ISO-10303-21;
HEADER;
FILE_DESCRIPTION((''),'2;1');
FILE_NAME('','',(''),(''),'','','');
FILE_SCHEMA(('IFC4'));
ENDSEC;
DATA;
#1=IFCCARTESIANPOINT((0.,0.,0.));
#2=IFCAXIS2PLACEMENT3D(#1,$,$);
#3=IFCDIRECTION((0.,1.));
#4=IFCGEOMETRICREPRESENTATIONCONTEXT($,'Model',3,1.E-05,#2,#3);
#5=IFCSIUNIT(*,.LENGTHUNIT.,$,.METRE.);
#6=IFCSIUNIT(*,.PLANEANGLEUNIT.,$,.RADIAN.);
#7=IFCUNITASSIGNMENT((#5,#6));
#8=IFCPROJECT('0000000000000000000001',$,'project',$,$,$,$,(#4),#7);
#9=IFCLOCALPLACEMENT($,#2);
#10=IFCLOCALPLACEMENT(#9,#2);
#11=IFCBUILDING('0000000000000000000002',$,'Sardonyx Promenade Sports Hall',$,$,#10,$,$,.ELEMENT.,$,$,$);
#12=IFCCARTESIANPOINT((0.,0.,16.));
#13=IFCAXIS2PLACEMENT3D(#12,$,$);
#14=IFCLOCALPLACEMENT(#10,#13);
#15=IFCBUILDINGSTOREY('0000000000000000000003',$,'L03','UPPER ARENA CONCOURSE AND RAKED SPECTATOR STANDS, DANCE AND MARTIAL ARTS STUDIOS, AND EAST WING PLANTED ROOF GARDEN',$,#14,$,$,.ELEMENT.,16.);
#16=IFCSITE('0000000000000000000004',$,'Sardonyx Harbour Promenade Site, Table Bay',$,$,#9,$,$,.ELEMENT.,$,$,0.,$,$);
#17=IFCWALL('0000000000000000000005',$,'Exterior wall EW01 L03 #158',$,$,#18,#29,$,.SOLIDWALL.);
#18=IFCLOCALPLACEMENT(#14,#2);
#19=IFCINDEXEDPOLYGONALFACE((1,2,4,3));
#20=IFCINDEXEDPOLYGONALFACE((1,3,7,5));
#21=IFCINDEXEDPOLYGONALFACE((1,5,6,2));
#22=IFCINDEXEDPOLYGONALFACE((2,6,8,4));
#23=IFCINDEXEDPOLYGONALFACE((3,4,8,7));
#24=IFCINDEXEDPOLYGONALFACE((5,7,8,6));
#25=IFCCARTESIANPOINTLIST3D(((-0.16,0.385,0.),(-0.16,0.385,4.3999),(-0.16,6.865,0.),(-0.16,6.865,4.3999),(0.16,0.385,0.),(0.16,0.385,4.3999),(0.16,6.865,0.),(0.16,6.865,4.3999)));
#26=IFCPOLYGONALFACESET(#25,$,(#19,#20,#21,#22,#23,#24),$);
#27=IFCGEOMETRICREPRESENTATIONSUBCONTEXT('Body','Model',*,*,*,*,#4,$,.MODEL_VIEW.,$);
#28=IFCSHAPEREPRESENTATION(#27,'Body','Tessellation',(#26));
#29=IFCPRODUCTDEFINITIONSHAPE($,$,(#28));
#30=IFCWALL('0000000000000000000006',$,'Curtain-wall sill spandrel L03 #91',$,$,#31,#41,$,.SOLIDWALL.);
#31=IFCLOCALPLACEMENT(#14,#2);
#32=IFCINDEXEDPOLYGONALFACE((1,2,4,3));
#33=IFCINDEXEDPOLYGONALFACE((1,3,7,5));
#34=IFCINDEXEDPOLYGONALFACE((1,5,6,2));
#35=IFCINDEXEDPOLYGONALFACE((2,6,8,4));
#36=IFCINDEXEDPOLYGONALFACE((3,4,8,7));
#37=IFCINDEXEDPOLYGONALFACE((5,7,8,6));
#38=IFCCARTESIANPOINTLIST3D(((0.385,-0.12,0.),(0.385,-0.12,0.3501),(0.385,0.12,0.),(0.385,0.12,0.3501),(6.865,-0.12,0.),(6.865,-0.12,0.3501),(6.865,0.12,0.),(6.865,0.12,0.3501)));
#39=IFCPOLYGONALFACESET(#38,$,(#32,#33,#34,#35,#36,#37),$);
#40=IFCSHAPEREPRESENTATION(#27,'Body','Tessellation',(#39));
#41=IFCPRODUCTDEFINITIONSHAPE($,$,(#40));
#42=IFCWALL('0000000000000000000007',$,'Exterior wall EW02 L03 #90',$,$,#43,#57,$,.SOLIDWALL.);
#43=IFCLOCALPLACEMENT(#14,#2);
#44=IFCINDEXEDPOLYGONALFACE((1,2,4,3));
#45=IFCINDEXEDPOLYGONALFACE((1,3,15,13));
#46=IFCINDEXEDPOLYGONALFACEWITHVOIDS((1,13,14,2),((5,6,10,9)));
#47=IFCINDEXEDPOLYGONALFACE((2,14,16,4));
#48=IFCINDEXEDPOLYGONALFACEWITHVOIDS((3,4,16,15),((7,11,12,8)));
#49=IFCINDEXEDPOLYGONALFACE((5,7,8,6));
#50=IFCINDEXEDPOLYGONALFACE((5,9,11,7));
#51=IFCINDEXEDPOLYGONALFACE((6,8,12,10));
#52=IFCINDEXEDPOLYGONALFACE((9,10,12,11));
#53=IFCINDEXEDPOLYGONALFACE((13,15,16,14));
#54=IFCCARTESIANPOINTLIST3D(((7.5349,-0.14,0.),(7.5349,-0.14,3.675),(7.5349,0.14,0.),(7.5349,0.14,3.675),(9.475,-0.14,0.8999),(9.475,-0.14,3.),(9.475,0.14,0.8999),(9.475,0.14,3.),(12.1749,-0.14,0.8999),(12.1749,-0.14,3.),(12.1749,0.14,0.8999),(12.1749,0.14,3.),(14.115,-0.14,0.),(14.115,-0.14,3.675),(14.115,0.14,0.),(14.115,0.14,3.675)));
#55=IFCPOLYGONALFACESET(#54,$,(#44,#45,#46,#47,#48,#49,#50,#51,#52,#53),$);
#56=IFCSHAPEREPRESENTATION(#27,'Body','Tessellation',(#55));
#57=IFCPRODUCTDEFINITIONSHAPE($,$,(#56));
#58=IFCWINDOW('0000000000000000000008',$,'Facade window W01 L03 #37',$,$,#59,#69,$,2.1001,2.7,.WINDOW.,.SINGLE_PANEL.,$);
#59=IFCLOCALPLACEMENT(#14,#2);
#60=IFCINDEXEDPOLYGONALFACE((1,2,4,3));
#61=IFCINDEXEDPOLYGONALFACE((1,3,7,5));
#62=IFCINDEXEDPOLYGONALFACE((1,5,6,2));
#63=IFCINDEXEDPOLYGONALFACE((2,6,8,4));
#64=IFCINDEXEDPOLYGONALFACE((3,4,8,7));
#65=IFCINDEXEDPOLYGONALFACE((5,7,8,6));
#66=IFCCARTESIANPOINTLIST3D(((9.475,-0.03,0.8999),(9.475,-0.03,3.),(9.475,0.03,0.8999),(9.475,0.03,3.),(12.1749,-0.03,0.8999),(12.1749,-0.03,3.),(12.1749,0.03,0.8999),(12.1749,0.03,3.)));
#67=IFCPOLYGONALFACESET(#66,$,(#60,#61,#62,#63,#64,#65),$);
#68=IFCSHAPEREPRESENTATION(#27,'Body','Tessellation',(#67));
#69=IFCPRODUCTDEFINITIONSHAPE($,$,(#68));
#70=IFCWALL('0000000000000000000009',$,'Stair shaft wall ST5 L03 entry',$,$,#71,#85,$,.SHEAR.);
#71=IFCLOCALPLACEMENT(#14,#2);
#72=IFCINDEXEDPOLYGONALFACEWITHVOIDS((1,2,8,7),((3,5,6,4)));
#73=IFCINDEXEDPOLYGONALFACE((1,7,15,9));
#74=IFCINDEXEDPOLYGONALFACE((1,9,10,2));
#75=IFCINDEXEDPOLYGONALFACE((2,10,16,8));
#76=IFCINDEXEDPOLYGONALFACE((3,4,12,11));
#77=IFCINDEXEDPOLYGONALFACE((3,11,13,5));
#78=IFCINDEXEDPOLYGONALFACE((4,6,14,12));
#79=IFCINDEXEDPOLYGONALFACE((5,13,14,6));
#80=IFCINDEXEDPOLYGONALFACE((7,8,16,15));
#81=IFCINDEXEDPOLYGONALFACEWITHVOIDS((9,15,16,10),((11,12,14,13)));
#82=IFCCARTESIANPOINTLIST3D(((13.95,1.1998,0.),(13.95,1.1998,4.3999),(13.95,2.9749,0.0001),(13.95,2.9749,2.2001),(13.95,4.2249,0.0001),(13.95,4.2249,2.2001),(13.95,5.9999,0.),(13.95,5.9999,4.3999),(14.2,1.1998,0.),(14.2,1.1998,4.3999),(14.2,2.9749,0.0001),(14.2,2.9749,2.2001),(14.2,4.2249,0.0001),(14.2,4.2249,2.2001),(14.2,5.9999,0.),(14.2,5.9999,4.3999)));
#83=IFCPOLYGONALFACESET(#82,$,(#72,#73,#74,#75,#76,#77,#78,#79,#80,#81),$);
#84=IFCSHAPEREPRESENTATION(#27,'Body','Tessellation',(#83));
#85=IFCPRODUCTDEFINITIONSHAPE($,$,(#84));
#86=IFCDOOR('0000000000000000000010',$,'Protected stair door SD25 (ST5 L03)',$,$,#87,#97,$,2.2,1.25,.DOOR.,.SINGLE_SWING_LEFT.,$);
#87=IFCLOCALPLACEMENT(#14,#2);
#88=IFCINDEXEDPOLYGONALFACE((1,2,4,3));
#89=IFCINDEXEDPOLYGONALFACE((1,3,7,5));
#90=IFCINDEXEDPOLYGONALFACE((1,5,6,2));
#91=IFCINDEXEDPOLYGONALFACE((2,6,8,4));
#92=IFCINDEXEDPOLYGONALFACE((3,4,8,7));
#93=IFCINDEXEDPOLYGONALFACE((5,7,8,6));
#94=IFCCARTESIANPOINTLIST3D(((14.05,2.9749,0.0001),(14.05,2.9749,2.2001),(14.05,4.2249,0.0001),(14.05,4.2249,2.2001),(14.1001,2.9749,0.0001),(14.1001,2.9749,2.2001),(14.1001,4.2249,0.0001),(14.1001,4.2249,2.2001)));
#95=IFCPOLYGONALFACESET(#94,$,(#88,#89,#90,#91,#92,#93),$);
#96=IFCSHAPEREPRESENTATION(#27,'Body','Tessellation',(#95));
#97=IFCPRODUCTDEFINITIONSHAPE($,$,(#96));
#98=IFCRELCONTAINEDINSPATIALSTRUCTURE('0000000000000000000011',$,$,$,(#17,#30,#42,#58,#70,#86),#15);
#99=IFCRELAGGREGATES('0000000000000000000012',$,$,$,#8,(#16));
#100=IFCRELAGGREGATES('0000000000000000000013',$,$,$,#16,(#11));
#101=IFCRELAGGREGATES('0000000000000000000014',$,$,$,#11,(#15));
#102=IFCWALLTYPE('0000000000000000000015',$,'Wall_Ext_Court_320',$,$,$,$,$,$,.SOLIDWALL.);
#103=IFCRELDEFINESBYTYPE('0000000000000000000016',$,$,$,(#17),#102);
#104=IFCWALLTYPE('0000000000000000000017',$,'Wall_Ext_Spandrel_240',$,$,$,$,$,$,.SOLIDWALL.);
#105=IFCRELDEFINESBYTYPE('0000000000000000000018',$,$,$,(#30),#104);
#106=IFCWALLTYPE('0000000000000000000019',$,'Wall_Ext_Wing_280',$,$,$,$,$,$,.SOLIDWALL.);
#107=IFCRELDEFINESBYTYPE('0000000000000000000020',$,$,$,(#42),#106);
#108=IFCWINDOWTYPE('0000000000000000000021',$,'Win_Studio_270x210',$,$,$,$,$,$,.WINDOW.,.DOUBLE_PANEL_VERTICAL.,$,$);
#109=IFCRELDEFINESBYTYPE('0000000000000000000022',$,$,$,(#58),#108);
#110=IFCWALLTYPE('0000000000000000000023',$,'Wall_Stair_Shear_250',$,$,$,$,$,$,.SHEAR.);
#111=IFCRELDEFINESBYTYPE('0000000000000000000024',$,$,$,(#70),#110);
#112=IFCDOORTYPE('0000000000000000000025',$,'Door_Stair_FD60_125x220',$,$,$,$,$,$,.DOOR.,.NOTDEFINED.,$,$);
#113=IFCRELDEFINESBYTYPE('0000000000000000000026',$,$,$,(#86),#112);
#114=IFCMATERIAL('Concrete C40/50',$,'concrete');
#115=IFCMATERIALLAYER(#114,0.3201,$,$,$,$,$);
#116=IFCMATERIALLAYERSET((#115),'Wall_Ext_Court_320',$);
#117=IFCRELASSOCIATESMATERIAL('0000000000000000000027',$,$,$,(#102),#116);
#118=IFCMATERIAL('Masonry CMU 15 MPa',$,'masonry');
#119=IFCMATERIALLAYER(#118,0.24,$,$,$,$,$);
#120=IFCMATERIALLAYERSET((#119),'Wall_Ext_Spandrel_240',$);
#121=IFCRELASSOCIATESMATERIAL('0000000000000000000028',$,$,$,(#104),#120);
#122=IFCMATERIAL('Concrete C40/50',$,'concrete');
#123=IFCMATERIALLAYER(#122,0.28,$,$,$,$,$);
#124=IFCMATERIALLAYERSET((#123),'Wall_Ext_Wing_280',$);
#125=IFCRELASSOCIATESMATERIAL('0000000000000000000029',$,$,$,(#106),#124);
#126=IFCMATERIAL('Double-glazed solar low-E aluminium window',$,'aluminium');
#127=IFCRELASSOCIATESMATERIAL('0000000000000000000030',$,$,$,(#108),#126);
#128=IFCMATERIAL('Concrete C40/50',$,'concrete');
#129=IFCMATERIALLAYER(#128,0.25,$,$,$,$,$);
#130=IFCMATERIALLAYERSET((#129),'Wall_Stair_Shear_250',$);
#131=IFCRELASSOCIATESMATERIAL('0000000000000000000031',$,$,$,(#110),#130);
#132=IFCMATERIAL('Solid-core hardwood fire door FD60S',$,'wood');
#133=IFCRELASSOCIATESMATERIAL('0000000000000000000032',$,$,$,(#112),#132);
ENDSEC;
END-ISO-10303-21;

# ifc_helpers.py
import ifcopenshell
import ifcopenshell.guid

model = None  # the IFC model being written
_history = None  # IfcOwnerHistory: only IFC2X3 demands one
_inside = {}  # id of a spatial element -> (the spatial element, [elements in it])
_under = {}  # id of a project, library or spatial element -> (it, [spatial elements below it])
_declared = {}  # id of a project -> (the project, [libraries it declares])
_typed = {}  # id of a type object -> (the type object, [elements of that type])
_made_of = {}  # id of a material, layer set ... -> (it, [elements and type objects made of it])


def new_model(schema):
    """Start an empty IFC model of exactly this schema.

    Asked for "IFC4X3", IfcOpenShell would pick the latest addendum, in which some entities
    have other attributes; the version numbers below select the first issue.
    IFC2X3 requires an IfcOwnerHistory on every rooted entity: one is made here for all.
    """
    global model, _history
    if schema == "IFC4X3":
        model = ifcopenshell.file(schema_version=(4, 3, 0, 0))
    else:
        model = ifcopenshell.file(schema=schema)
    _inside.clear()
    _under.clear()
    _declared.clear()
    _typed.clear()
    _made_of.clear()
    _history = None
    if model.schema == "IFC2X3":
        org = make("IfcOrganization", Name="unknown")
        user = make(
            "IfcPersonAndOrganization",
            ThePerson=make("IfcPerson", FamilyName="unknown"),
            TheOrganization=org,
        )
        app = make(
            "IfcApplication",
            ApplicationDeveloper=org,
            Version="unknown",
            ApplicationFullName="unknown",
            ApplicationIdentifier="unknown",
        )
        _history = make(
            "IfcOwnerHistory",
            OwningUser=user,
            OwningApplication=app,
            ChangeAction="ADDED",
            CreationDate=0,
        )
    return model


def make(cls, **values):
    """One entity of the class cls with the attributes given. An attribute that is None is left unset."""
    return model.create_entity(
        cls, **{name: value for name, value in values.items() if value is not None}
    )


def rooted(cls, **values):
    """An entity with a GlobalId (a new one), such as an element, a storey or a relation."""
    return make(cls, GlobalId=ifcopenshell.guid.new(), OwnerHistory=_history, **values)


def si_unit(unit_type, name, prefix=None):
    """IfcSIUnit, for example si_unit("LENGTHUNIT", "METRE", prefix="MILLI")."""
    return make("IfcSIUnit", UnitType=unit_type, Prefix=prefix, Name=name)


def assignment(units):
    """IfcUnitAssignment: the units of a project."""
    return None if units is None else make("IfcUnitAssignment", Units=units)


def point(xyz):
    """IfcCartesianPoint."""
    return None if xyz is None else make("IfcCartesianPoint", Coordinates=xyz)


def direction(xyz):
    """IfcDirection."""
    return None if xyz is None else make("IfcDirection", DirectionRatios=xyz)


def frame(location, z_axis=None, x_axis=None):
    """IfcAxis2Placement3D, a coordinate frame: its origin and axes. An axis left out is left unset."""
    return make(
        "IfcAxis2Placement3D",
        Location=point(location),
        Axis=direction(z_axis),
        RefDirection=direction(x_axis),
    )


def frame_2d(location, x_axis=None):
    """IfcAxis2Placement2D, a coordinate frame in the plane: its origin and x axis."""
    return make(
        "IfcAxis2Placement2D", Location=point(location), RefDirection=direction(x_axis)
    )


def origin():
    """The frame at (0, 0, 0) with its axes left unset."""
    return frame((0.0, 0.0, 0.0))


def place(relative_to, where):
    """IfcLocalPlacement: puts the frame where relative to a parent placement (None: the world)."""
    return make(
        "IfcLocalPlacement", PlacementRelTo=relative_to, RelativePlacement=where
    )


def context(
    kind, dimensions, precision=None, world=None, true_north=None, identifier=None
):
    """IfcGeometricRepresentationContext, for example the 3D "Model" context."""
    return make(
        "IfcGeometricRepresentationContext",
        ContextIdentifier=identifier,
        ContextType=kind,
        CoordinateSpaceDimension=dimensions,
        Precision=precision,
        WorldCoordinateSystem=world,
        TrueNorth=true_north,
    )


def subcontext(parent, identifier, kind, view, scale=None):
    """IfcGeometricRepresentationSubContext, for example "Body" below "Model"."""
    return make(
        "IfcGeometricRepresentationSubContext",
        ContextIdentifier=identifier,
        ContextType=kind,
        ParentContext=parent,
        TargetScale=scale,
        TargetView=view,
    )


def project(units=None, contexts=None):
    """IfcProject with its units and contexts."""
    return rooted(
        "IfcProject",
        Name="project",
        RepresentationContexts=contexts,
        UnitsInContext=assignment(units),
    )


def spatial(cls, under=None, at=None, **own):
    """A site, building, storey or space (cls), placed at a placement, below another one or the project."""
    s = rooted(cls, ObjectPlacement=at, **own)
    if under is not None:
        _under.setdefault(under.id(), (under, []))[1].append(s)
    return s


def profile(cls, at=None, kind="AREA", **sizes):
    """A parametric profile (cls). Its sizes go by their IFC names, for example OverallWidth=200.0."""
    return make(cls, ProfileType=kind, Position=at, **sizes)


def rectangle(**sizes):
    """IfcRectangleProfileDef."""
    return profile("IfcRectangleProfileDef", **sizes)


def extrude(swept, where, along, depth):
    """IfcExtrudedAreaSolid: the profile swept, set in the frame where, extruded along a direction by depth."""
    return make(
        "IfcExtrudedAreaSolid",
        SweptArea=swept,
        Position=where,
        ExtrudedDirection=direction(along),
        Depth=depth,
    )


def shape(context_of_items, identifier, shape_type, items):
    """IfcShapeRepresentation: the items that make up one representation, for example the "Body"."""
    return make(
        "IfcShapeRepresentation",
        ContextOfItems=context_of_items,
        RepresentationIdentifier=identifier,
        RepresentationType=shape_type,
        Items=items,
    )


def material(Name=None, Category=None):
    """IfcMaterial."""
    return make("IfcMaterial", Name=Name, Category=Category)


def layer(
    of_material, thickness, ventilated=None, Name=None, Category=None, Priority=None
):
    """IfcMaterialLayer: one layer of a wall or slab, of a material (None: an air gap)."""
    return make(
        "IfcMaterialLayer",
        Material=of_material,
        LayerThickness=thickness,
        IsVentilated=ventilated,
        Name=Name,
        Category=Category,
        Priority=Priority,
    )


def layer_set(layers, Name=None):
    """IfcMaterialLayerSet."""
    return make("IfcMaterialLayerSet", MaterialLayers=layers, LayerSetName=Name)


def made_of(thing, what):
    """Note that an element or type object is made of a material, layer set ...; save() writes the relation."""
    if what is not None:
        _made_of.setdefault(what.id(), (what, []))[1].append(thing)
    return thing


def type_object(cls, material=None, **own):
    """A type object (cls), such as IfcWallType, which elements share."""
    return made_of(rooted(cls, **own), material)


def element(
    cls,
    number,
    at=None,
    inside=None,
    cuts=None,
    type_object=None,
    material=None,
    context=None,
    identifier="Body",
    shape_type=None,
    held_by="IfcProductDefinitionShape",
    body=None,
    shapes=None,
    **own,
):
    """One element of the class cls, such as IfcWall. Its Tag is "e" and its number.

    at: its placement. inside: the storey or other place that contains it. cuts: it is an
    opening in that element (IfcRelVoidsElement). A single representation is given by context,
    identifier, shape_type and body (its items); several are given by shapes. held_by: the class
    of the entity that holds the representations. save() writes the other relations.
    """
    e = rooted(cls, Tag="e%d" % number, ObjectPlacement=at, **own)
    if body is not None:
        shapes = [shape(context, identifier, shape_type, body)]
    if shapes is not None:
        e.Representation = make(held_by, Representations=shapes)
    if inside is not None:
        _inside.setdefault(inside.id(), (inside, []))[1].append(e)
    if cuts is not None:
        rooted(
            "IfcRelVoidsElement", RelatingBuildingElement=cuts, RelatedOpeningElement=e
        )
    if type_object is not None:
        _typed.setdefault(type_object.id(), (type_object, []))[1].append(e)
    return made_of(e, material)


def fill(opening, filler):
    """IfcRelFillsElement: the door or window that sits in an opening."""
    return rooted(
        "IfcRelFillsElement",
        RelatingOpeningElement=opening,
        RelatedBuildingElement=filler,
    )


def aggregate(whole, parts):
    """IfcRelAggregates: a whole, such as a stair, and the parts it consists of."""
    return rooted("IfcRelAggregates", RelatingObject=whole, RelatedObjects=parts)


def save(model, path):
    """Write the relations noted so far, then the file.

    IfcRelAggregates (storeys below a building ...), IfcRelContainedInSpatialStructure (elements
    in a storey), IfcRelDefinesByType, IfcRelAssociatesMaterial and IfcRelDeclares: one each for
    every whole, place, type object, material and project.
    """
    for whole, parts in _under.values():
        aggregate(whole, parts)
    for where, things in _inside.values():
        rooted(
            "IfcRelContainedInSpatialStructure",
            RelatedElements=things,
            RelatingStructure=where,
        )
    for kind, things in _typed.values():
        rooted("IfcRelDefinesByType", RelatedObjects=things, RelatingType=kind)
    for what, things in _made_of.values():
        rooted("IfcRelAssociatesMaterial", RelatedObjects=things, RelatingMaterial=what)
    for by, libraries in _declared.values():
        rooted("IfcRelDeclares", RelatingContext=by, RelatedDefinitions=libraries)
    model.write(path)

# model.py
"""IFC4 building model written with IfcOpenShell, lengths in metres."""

from ifc_helpers import new_model, si_unit, direction, frame, frame_2d, origin, place, context, subcontext, project, spatial, rectangle, extrude, material, layer, layer_set, type_object, element, fill, save


model = new_model("IFC4")

# Units and contexts
model_context = context("Model", 3, precision=1e-05, world=origin(), true_north=direction((0.0, 1.0)))
body_context = subcontext(model_context, "Body", "Model", "MODEL_VIEW")
ifc_project = project(units=[si_unit("LENGTHUNIT", "METRE"), si_unit("PLANEANGLEUNIT", "RADIAN")], contexts=[model_context])

# Site, building, storey
site_placement = place(None, origin())
site = spatial("IfcSite", under=ifc_project, at=site_placement, Name="Sardonyx Harbour Promenade Site, Table Bay", CompositionType="ELEMENT", RefElevation=0.0)
building_placement = place(site_placement, origin())
building = spatial("IfcBuilding", under=site, at=building_placement, Name="Sardonyx Promenade Sports Hall", CompositionType="ELEMENT")
storey_placement = place(building_placement, frame((0.0, 0.0, 16.0)))
storey = spatial("IfcBuildingStorey", under=building, at=storey_placement, Name="L03", Description="UPPER ARENA CONCOURSE AND RAKED SPECTATOR STANDS, DANCE AND MARTIAL ARTS STUDIOS, AND EAST WING PLANTED ROOF GARDEN", CompositionType="ELEMENT", Elevation=16.0)

# Walls
ifc_material_1 = material(Name="Concrete C40/50", Category="concrete")
ifc_layer_1 = layer(ifc_material_1, 0.3201)
ifc_layer_set_1 = layer_set([ifc_layer_1], Name="Wall_Ext_Court_320")
wall_type_1 = type_object("IfcWallType", Name="Wall_Ext_Court_320", PredefinedType="SOLIDWALL", material=ifc_layer_set_1)
wall_1_placement = place(storey_placement, frame((0.0, 0.385, 0.0), z_axis=(0.0, 0.0, 1.0), x_axis=(0.0, 1.0, 0.0)))
element("IfcWall", 1, at=wall_1_placement, inside=storey, type_object=wall_type_1, Name="Exterior wall EW01 L03 #158", PredefinedType="SOLIDWALL", context=body_context, shape_type="SweptSolid", body=[
    extrude(rectangle(XDim=6.48, YDim=0.3201, at=frame_2d((3.24, 0.0))), origin(), (0.0, 0.0, 1.0), 4.3999),
])
ifc_material_2 = material(Name="Masonry CMU 15 MPa", Category="masonry")
ifc_layer_2 = layer(ifc_material_2, 0.24)
ifc_layer_set_2 = layer_set([ifc_layer_2], Name="Wall_Ext_Spandrel_240")
wall_type_2 = type_object("IfcWallType", Name="Wall_Ext_Spandrel_240", PredefinedType="SOLIDWALL", material=ifc_layer_set_2)
wall_2_placement = place(storey_placement, frame((6.865, 0.0, 0.0), z_axis=(0.0, 0.0, 1.0), x_axis=(-1.0, 0.0, 0.0)))
element("IfcWall", 2, at=wall_2_placement, inside=storey, type_object=wall_type_2, Name="Curtain-wall sill spandrel L03 #91", PredefinedType="SOLIDWALL", context=body_context, shape_type="SweptSolid", body=[
    extrude(rectangle(XDim=6.48, YDim=0.24, at=frame_2d((3.24, 0.0))), origin(), (0.0, 0.0, 1.0), 0.3501),
])

# Wall, opening, window
ifc_material_3 = material(Name="Concrete C40/50", Category="concrete")
ifc_layer_3 = layer(ifc_material_3, 0.28)
ifc_layer_set_3 = layer_set([ifc_layer_3], Name="Wall_Ext_Wing_280")
wall_type_3 = type_object("IfcWallType", Name="Wall_Ext_Wing_280", PredefinedType="SOLIDWALL", material=ifc_layer_set_3)
wall_3_placement = place(storey_placement, frame((14.115, 0.0, 0.0), z_axis=(0.0, 0.0, 1.0), x_axis=(-1.0, 0.0, 0.0)))
wall_3 = element("IfcWall", 3, at=wall_3_placement, inside=storey, type_object=wall_type_3, Name="Exterior wall EW02 L03 #90", PredefinedType="SOLIDWALL", context=body_context, shape_type="SweptSolid", body=[
    extrude(rectangle(XDim=6.5801, YDim=0.28, at=frame_2d((3.29, 0.0))), origin(), (0.0, 0.0, 1.0), 3.675),
])
opening_1_placement = place(wall_3_placement, frame((1.9399, 0.0, 0.8999)))
opening_1 = element("IfcOpeningElement", 4, at=opening_1_placement, cuts=wall_3, PredefinedType="OPENING", context=body_context, shape_type="SweptSolid", body=[
    extrude(rectangle(XDim=2.7, YDim=2.1001, at=frame_2d((1.3501, 1.05))), frame((0.0, 0.15, 0.0), z_axis=(0.0, -1.0, 0.0), x_axis=(1.0, 0.0, 0.0)), (0.0, 0.0, 1.0), 0.3),
])
ifc_material_4 = material(Name="Double-glazed solar low-E aluminium window", Category="aluminium")
window_type = type_object("IfcWindowType", Name="Win_Studio_270x210", PartitioningType="DOUBLE_PANEL_VERTICAL", PredefinedType="WINDOW", material=ifc_material_4)
window_placement = place(opening_1_placement, origin())
window = element("IfcWindow", 5, at=window_placement, inside=storey, type_object=window_type, Name="Facade window W01 L03 #37", OverallHeight=2.1001, OverallWidth=2.7, PartitioningType="SINGLE_PANEL", PredefinedType="WINDOW", context=body_context, shape_type="SweptSolid", body=[
    extrude(rectangle(XDim=2.7, YDim=2.1001, at=frame_2d((1.3501, 1.05))), frame((0.0, 0.03, 0.0), z_axis=(0.0, -1.0, 0.0), x_axis=(1.0, 0.0, 0.0)), (0.0, 0.0, 1.0), 0.0601),
])
fill(opening_1, window)

# Wall, opening, door
ifc_material_5 = material(Name="Concrete C40/50", Category="concrete")
ifc_layer_4 = layer(ifc_material_5, 0.25)
ifc_layer_set_4 = layer_set([ifc_layer_4], Name="Wall_Stair_Shear_250")
wall_type_4 = type_object("IfcWallType", Name="Wall_Stair_Shear_250", PredefinedType="SHEAR", material=ifc_layer_set_4)
wall_4_placement = place(storey_placement, frame((14.075, 1.2, 0.0), z_axis=(0.0, 0.0, 1.0), x_axis=(0.0, 1.0, 0.0)))
wall_4 = element("IfcWall", 6, at=wall_4_placement, inside=storey, type_object=wall_type_4, Name="Stair shaft wall ST5 L03 entry", PredefinedType="SHEAR", context=body_context, shape_type="SweptSolid", body=[
    extrude(rectangle(XDim=4.8, YDim=0.25, at=frame_2d((2.3999, 0.0))), origin(), (0.0, 0.0, 1.0), 4.3999),
])
opening_2_placement = place(wall_4_placement, frame((1.7749, 0.0, 0.0)))
opening_2 = element("IfcOpeningElement", 7, at=opening_2_placement, cuts=wall_4, PredefinedType="OPENING", context=body_context, shape_type="SweptSolid", body=[
    extrude(rectangle(XDim=1.25, YDim=2.2, at=frame_2d((0.625, 1.1001))), frame((0.0, 0.135, 0.0), z_axis=(0.0, -1.0, 0.0), x_axis=(1.0, 0.0, 0.0)), (0.0, 0.0, 1.0), 0.27),
])
ifc_material_6 = material(Name="Solid-core hardwood fire door FD60S", Category="wood")
door_type = type_object("IfcDoorType", Name="Door_Stair_FD60_125x220", OperationType="NOTDEFINED", PredefinedType="DOOR", material=ifc_material_6)
door_placement = place(opening_2_placement, origin())
door = element("IfcDoor", 8, at=door_placement, inside=storey, type_object=door_type, Name="Protected stair door SD25 (ST5 L03)", OperationType="SINGLE_SWING_LEFT", OverallHeight=2.2, OverallWidth=1.25, PredefinedType="DOOR", context=body_context, shape_type="SweptSolid", body=[
    extrude(rectangle(XDim=1.25, YDim=2.2, at=frame_2d((0.625, 1.1001))), frame((0.0, 0.0249, 0.0), z_axis=(0.0, -1.0, 0.0), x_axis=(1.0, 0.0, 0.0)), (0.0, 0.0, 1.0), 0.05),
])
fill(opening_2, door)

save(model, "model.ifc")
